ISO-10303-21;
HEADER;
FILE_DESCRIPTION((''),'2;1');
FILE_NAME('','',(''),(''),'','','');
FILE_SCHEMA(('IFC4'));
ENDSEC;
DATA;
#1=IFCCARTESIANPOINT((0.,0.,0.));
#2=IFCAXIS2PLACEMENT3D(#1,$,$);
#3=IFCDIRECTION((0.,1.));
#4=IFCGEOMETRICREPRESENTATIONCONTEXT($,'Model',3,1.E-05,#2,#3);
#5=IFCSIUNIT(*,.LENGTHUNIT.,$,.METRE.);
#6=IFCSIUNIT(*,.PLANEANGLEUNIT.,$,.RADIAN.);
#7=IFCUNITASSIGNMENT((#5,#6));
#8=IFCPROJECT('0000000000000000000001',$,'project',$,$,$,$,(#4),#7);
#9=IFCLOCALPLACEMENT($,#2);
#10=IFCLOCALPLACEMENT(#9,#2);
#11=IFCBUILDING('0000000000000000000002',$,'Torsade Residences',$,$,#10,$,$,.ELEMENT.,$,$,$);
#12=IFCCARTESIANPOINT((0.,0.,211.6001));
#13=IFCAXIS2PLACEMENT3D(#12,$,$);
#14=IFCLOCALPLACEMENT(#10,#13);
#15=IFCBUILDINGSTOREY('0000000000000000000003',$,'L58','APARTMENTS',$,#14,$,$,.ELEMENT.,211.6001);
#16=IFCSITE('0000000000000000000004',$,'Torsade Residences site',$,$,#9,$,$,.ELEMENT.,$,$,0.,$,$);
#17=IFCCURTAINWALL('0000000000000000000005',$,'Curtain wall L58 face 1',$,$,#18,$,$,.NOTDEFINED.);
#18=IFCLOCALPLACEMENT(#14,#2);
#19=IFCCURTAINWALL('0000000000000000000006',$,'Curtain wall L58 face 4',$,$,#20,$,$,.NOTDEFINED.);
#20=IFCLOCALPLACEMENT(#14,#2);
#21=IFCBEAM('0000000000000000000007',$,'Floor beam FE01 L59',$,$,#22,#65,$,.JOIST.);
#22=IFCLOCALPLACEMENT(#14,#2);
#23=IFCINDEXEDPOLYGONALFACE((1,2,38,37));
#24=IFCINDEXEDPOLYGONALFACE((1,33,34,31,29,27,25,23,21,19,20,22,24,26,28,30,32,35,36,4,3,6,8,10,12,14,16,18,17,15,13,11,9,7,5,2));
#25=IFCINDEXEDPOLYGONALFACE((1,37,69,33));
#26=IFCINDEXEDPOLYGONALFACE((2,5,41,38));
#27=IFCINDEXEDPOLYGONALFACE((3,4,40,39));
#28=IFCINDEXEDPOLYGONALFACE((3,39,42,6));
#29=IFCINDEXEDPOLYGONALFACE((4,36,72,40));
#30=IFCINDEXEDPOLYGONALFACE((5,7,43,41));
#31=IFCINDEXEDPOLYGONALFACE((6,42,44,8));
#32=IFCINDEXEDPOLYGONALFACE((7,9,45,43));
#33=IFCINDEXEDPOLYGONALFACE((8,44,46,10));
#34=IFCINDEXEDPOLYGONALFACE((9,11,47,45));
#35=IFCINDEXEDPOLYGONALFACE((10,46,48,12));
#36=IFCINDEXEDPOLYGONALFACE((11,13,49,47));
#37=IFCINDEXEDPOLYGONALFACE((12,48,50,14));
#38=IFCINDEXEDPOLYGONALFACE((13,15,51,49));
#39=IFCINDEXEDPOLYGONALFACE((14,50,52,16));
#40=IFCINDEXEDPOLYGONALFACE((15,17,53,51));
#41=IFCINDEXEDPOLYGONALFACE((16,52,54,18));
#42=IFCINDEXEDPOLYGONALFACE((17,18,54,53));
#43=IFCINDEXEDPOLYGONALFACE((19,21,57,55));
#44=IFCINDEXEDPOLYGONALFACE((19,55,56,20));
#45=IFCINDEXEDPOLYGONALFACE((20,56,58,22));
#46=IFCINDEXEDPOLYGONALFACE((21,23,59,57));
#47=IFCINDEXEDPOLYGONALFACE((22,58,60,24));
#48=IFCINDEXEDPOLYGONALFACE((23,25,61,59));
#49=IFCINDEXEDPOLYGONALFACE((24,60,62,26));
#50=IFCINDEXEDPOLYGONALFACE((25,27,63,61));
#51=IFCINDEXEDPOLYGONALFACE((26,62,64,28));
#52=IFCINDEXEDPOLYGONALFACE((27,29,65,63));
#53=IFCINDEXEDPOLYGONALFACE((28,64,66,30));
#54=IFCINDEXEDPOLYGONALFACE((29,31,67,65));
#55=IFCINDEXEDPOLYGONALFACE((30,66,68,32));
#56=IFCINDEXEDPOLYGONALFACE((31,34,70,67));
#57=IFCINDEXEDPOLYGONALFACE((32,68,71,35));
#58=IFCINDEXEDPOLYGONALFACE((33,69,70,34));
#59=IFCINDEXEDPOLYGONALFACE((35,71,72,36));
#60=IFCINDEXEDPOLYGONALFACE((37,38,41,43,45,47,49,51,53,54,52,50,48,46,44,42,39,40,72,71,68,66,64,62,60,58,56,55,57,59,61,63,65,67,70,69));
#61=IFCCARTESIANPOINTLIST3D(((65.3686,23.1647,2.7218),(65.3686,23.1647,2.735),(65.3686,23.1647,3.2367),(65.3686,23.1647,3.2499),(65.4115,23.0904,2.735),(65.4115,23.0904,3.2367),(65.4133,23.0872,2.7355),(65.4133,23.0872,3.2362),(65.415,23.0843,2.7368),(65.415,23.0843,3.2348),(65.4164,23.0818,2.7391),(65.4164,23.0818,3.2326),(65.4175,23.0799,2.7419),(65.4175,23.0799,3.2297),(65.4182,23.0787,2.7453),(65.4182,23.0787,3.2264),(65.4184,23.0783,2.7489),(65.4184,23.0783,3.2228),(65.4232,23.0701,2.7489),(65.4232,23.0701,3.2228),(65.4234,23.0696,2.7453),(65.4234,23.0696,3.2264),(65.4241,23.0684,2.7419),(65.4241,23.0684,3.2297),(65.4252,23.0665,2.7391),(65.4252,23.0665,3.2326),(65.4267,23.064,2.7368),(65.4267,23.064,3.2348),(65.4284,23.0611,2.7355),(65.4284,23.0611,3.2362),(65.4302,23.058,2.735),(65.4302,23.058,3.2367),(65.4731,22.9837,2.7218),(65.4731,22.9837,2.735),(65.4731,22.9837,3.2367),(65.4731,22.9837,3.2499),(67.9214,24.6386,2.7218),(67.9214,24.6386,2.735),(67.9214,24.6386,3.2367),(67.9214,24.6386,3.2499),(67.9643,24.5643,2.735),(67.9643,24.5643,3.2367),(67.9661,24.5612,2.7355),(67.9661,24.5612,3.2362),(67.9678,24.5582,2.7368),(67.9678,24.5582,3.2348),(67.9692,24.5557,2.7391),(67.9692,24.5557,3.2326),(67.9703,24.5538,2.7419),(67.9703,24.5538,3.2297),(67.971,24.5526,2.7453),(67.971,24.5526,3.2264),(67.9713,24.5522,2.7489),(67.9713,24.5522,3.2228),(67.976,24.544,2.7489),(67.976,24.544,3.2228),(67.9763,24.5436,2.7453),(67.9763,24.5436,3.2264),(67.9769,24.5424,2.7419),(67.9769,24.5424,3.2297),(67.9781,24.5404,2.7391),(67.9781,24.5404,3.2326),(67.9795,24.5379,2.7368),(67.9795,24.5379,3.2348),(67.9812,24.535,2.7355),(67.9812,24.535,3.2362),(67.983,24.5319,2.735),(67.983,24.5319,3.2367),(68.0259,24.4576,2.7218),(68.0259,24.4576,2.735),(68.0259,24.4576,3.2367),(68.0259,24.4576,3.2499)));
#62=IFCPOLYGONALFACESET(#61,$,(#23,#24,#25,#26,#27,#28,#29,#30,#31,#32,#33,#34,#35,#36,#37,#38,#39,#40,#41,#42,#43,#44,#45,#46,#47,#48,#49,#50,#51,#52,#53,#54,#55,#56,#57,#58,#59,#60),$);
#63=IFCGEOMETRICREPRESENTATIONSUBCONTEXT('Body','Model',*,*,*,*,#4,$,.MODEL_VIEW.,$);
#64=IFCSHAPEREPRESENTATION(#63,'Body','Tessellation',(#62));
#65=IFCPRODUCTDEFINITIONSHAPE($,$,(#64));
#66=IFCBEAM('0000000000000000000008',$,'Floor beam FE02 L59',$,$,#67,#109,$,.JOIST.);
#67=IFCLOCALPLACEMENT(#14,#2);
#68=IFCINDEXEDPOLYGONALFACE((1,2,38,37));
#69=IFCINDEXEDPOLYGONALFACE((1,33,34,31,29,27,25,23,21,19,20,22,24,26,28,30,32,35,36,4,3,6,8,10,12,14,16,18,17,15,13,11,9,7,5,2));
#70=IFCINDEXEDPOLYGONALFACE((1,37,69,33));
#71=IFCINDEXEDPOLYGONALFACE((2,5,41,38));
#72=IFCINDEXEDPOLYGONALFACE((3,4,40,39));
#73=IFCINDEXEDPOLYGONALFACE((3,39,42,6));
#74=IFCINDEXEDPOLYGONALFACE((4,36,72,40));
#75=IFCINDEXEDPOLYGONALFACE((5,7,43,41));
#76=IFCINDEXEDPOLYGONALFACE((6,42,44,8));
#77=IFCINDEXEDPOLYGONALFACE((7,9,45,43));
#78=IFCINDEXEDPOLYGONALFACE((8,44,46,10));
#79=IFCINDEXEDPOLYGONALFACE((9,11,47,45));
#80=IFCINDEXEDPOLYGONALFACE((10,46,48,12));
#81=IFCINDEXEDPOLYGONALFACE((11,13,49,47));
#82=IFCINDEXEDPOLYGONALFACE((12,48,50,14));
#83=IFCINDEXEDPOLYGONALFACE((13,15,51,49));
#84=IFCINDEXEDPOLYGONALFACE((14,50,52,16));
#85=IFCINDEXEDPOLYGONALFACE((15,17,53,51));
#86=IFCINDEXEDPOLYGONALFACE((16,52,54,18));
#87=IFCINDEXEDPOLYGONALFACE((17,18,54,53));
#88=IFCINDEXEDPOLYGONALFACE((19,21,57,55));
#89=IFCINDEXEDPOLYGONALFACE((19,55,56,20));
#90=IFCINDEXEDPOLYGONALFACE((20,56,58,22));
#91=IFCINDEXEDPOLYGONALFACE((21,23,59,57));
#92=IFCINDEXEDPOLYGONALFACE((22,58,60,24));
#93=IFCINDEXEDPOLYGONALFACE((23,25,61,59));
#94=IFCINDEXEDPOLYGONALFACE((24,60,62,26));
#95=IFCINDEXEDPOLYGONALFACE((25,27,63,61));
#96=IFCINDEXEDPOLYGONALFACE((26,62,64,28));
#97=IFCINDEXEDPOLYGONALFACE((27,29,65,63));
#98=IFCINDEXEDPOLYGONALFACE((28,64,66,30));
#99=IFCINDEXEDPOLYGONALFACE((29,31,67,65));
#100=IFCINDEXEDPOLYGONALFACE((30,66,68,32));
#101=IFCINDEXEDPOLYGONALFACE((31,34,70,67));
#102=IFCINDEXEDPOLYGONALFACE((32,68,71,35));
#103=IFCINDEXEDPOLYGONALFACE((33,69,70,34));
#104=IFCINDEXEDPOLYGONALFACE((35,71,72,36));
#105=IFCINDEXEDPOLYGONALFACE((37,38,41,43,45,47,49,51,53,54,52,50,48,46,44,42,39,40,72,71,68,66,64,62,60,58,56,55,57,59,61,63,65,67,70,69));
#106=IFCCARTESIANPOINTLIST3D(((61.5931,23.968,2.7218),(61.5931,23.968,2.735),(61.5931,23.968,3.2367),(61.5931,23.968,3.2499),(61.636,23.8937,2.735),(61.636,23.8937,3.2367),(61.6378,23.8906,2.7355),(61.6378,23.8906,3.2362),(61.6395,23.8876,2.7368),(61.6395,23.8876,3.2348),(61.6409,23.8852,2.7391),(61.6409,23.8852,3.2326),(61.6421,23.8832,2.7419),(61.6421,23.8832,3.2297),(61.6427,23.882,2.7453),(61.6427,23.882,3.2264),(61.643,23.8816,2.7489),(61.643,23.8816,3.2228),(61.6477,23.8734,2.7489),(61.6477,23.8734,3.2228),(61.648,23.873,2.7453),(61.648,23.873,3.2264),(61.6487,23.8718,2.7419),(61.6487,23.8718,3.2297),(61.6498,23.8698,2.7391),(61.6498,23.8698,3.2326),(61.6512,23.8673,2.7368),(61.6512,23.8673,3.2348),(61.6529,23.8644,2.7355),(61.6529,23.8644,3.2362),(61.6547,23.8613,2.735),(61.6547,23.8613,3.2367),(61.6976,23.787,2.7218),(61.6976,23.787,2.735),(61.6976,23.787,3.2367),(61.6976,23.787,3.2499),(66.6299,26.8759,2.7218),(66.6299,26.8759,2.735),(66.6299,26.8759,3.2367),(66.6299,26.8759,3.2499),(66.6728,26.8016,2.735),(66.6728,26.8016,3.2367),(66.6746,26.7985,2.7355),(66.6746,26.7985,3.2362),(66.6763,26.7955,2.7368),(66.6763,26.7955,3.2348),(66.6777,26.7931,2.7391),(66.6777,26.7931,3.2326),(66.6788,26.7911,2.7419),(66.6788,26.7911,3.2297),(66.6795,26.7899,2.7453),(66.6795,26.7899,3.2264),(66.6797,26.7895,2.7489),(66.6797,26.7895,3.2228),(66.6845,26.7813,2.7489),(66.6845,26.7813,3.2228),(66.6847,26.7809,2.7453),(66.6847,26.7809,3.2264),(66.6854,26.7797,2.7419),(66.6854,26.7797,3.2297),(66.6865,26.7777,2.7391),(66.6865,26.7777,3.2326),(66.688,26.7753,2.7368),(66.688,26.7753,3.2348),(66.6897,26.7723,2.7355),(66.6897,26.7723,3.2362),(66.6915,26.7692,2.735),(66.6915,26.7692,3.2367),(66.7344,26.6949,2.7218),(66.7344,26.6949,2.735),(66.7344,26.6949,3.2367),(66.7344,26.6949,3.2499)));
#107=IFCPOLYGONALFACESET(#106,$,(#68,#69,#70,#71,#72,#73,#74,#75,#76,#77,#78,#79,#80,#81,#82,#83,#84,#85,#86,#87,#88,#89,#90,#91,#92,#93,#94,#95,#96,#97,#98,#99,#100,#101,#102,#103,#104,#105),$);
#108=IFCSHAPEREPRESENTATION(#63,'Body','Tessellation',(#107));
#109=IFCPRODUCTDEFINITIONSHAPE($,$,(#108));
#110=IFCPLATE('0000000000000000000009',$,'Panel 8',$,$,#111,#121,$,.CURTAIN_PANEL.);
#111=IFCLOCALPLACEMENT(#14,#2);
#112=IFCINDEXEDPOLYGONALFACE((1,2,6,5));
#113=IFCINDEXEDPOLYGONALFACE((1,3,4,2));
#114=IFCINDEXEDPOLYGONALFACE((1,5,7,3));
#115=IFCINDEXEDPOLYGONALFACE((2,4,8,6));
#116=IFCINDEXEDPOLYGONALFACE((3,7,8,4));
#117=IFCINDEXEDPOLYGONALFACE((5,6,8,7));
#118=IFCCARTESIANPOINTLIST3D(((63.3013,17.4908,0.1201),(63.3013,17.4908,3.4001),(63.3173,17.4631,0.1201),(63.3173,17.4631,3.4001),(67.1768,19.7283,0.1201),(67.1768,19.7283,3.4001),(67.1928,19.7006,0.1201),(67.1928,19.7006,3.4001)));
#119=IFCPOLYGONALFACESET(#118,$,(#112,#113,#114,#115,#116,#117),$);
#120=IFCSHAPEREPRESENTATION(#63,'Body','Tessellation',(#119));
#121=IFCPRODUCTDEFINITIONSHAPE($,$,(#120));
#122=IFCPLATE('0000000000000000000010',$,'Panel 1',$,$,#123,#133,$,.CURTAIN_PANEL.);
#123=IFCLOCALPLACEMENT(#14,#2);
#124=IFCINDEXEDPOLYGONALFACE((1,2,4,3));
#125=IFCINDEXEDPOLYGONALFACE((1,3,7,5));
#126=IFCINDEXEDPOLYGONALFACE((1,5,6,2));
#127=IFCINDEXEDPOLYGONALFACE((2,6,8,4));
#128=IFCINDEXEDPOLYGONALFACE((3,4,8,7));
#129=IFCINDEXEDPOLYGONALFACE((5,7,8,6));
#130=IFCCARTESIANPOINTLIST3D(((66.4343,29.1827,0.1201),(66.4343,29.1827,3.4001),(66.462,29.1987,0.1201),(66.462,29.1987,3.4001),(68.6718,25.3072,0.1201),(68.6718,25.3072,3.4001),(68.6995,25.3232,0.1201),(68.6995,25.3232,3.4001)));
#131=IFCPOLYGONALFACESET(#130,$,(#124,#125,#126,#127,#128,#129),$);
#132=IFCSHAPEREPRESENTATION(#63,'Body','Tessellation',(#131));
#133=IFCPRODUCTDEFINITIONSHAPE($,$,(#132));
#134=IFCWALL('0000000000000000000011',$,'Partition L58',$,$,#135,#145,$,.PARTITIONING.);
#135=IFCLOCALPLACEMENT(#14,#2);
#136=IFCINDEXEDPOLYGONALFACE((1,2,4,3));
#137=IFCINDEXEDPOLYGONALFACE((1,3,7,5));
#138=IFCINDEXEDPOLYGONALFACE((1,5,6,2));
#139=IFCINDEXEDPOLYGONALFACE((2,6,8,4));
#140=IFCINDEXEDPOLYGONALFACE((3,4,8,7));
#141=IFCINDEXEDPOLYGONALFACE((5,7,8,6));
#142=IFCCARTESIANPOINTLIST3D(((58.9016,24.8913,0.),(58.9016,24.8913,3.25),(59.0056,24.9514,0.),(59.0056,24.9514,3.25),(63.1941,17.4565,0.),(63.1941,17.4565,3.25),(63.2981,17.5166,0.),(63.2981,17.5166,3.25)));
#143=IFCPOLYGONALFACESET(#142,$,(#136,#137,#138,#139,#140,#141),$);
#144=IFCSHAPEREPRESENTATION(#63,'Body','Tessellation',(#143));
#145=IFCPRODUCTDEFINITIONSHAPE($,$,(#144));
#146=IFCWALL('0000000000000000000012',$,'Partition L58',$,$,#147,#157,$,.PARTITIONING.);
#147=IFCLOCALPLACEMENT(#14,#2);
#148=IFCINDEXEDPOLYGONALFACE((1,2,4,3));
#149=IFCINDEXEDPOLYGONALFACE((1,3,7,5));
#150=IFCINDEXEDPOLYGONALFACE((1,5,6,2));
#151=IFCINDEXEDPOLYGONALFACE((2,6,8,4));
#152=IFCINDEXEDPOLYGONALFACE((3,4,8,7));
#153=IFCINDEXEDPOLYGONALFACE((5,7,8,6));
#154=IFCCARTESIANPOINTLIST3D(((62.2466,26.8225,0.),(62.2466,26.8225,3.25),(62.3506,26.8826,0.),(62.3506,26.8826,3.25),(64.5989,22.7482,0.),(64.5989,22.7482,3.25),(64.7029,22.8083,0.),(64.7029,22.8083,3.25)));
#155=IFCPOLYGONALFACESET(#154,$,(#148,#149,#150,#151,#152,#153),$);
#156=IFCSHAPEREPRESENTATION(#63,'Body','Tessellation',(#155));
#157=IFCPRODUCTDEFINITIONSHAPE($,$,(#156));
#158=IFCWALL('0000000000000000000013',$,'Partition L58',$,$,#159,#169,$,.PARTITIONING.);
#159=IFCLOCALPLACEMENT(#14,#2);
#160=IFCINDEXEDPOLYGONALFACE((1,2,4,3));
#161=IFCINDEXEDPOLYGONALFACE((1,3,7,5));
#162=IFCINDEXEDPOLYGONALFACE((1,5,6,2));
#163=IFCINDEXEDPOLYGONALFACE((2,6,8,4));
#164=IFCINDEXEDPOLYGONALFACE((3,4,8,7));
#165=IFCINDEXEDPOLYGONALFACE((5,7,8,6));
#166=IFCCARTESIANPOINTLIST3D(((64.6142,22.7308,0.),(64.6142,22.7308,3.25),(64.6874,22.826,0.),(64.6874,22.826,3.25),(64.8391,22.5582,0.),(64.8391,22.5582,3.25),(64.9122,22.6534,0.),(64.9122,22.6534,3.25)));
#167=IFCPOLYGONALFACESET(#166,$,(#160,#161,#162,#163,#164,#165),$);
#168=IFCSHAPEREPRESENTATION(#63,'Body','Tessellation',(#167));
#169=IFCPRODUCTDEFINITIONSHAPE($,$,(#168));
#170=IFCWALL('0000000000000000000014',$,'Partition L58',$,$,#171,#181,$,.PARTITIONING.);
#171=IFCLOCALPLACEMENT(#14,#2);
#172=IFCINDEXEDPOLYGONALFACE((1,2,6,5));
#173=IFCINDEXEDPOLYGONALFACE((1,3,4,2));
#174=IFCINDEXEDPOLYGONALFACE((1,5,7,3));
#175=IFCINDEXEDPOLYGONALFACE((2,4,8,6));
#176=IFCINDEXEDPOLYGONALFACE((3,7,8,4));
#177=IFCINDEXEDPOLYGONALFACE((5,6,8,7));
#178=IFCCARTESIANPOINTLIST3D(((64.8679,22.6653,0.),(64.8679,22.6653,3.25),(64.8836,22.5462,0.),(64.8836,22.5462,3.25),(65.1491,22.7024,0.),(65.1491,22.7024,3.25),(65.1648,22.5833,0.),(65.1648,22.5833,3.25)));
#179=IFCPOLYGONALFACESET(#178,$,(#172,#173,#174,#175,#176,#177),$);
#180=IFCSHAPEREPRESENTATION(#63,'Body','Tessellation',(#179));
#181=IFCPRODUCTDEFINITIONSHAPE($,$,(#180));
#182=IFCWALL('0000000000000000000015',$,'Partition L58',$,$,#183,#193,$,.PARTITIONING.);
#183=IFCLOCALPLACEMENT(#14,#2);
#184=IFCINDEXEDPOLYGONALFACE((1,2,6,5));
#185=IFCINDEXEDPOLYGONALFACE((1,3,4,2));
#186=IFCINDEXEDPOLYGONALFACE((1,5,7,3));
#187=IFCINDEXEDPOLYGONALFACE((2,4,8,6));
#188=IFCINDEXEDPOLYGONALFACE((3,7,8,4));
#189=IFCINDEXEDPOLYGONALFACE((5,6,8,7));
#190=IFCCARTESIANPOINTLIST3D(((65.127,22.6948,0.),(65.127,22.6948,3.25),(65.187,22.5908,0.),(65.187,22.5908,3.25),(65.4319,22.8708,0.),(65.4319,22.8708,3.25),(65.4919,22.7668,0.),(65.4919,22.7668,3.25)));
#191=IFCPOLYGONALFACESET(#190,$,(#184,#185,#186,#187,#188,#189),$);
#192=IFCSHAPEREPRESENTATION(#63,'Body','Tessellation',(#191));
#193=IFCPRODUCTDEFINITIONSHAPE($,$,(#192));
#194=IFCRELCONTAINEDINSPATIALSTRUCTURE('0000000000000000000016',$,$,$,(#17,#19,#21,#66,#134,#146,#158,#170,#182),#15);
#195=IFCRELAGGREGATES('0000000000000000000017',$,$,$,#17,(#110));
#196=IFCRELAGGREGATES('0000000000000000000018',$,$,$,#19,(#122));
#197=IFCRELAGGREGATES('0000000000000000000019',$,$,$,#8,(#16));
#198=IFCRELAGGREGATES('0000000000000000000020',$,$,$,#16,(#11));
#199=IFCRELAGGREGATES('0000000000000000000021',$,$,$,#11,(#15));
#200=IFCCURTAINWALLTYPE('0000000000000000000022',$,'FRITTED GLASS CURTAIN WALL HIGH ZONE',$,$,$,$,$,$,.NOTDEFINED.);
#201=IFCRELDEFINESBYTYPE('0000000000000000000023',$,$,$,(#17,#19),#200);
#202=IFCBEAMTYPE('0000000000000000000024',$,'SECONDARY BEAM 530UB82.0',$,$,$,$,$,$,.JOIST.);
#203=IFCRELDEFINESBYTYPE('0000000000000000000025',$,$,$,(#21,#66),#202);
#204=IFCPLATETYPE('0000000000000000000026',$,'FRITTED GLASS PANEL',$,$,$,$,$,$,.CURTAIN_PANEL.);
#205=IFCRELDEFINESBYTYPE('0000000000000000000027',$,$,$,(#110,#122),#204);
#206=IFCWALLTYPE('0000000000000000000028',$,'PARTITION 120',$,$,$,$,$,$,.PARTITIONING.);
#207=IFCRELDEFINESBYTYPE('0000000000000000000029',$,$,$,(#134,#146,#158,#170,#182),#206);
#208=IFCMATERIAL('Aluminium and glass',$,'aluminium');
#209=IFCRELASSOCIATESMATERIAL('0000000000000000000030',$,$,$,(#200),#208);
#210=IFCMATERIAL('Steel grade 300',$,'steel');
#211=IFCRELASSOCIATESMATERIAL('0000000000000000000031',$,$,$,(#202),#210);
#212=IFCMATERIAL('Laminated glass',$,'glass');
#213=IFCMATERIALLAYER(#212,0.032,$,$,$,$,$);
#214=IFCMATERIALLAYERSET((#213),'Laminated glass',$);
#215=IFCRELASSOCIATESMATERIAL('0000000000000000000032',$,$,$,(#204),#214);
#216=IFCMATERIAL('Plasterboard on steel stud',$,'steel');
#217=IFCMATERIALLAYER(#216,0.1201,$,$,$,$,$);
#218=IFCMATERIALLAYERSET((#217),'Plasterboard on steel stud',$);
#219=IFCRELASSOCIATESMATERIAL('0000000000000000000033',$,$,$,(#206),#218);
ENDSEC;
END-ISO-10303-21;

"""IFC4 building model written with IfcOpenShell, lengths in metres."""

from ifc_helpers import new_model, si_unit, direction, frame, frame_2d, origin, origin_2d, place, context, subcontext, project, spatial, rectangle, i_section, extrude, material, layer, layer_set, material_profile, profile_set, type_object, element, aggregate, save


model = new_model("IFC4")

# Units and contexts
model_context = context("Model", 3, precision=1e-05, world=origin(), true_north=direction((0.0, 1.0)))
body_context = subcontext(model_context, "Body", "Model", "MODEL_VIEW")
ifc_project = project(units=[si_unit("LENGTHUNIT", "METRE"), si_unit("PLANEANGLEUNIT", "RADIAN")], contexts=[model_context])

# Site, building, storey
site_placement = place(None, origin())
site = spatial("IfcSite", under=ifc_project, at=site_placement, Name="Torsade Residences site", CompositionType="ELEMENT", RefElevation=0.0)
building_placement = place(site_placement, origin())
building = spatial("IfcBuilding", under=site, at=building_placement, Name="Torsade Residences", CompositionType="ELEMENT")
storey_placement = place(building_placement, frame((0.0, 0.0, 211.6001)))
storey = spatial("IfcBuildingStorey", under=building, at=storey_placement, Name="L58", Description="APARTMENTS", CompositionType="ELEMENT", Elevation=211.6001)

# Curtain wall
ifc_material_1 = material(Name="Aluminium and glass", Category="aluminium")
curtain_wall_type = type_object("IfcCurtainWallType", Name="FRITTED GLASS CURTAIN WALL HIGH ZONE", PredefinedType="NOTDEFINED", material=ifc_material_1)
curtain_wall_1_placement = place(storey_placement, origin())
curtain_wall_1 = element("IfcCurtainWall", 1, at=curtain_wall_1_placement, inside=storey, type_object=curtain_wall_type, Name="Curtain wall L58 face 1", PredefinedType="NOTDEFINED")

# Curtain wall
curtain_wall_2_placement = place(storey_placement, origin())
curtain_wall_2 = element("IfcCurtainWall", 2, at=curtain_wall_2_placement, inside=storey, type_object=curtain_wall_type, Name="Curtain wall L58 face 4", PredefinedType="NOTDEFINED")

# Beams
ifc_material_2 = material(Name="Steel grade 300", Category="steel")
ifc_material_profile_1 = material_profile(ifc_material_2, i_section(OverallWidth=0.209, OverallDepth=0.5281, WebThickness=0.0095, FlangeThickness=0.0132, FilletRadius=0.0139, at=origin_2d()), Name="530UB82.0")
ifc_profile_set_1 = profile_set([ifc_material_profile_1], Name="Steel grade 300")
beam_type_1 = type_object("IfcBeamType", Name="SECONDARY BEAM 530UB82.0", PredefinedType="JOIST", material=ifc_profile_set_1)
beam_1_placement = place(storey_placement, frame((67.9736, 24.5481, 2.9858), z_axis=(-0.866017, -0.500014, 0.0), x_axis=(0.500014, -0.866017, 0.0)))
element("IfcBeam", 3, at=beam_1_placement, inside=storey, type_object=beam_type_1, Name="Floor beam FE01 L59", PredefinedType="JOIST", context=body_context, shape_type="SweptSolid", body=[
    extrude(i_section(OverallWidth=0.209, OverallDepth=0.5281, WebThickness=0.0095, FlangeThickness=0.0132, FilletRadius=0.0139, at=origin_2d()), origin(), (0.0, 0.0, 1.0), 2.9478),
])
beam_2_placement = place(storey_placement, frame((66.6821, 26.7854, 2.9858), z_axis=(-0.866031, -0.49999, 0.0), x_axis=(0.49999, -0.866031, 0.0)))
element("IfcBeam", 4, at=beam_2_placement, inside=storey, type_object=beam_type_1, Name="Floor beam FE02 L59", PredefinedType="JOIST", context=body_context, shape_type="SweptSolid", body=[
    extrude(i_section(OverallWidth=0.209, OverallDepth=0.5281, WebThickness=0.0095, FlangeThickness=0.0132, FilletRadius=0.0139, at=origin_2d()), origin(), (0.0, 0.0, 1.0), 5.8159),
])

# Plates
ifc_material_3 = material(Name="Laminated glass", Category="glass")
ifc_layer_1 = layer(ifc_material_3, 0.032)
ifc_layer_set_1 = layer_set([ifc_layer_1], Name="Laminated glass")
plate_type = type_object("IfcPlateType", Name="FRITTED GLASS PANEL", PredefinedType="CURTAIN_PANEL", material=ifc_layer_set_1)
plate_1_placement = place(storey_placement, frame((65.2471, 18.5957, 0.1201), z_axis=(0.0, 0.0, 1.0), x_axis=(0.866025, 0.5, 0.0)))
plate_1 = element("IfcPlate", 5, at=plate_1_placement, type_object=plate_type, Name="Panel 8", PredefinedType="CURTAIN_PANEL", context=body_context, shape_type="SweptSolid", body=[
    extrude(rectangle(XDim=4.4751, YDim=0.032, at=origin_2d()), origin(), (0.0, 0.0, 1.0), 3.28),
])
aggregate(curtain_wall_1, [plate_1])
plate_2_placement = place(storey_placement, frame((67.5669, 27.2529, 0.1201), z_axis=(0.0, 0.0, 1.0), x_axis=(-0.5, 0.866025, 0.0)))
plate_2 = element("IfcPlate", 6, at=plate_2_placement, type_object=plate_type, Name="Panel 1", PredefinedType="CURTAIN_PANEL", context=body_context, shape_type="SweptSolid", body=[
    extrude(rectangle(XDim=4.4751, YDim=0.032, at=origin_2d()), origin(), (0.0, 0.0, 1.0), 3.28),
])
aggregate(curtain_wall_2, [plate_2])

# Walls
ifc_material_4 = material(Name="Plasterboard on steel stud", Category="steel")
ifc_layer_2 = layer(ifc_material_4, 0.1201)
ifc_layer_set_2 = layer_set([ifc_layer_2], Name="Plasterboard on steel stud")
wall_type_1 = type_object("IfcWallType", Name="PARTITION 120", PredefinedType="PARTITIONING", material=ifc_layer_set_2)
wall_1_placement = place(storey_placement, frame((63.2461, 17.4866, 0.0), z_axis=(0.0, 0.0, 1.0), x_axis=(-0.499999, 0.866026, 0.0)))
element("IfcWall", 7, at=wall_1_placement, inside=storey, type_object=wall_type_1, Name="Partition L58", PredefinedType="PARTITIONING", context=body_context, shape_type="SweptSolid", body=[
    extrude(rectangle(XDim=8.585, YDim=0.1201, at=frame_2d((4.2925, 0.0))), origin(), (0.0, 0.0, 1.0), 3.25),
])
wall_2_placement = place(storey_placement, frame((62.2986, 26.8525, 0.0), z_axis=(0.0, 0.0, 1.0), x_axis=(0.500007, -0.866021, 0.0)))
element("IfcWall", 8, at=wall_2_placement, inside=storey, type_object=wall_type_1, Name="Partition L58", PredefinedType="PARTITIONING", context=body_context, shape_type="SweptSolid", body=[
    extrude(rectangle(XDim=4.7046, YDim=0.1201, at=frame_2d((2.3523, 0.0))), origin(), (0.0, 0.0, 1.0), 3.25),
])
wall_3_placement = place(storey_placement, frame((64.6509, 22.7783, 0.0), z_axis=(0.0, 0.0, 1.0), x_axis=(0.793232, -0.60892, 0.0)))
element("IfcWall", 9, at=wall_3_placement, inside=storey, type_object=wall_type_1, Name="Partition L58", PredefinedType="PARTITIONING", context=body_context, shape_type="SweptSolid", body=[
    extrude(rectangle(XDim=0.2834, YDim=0.1201, at=frame_2d((0.1416, 0.0))), origin(), (0.0, 0.0, 1.0), 3.25),
])
wall_4_placement = place(storey_placement, frame((64.8757, 22.6057, 0.0), z_axis=(0.0, 0.0, 1.0), x_axis=(0.991407, 0.130811, 0.0)))
element("IfcWall", 10, at=wall_4_placement, inside=storey, type_object=wall_type_1, Name="Partition L58", PredefinedType="PARTITIONING", context=body_context, shape_type="SweptSolid", body=[
    extrude(rectangle(XDim=0.2837, YDim=0.1201, at=frame_2d((0.1418, 0.0))), origin(), (0.0, 0.0, 1.0), 3.25),
])
wall_5_placement = place(storey_placement, frame((65.157, 22.6428, 0.0), z_axis=(0.0, 0.0, 1.0), x_axis=(0.866059, 0.499943, 0.0)))
element("IfcWall", 11, at=wall_5_placement, inside=storey, type_object=wall_type_1, Name="Partition L58", PredefinedType="PARTITIONING", context=body_context, shape_type="SweptSolid", body=[
    extrude(rectangle(XDim=0.3521, YDim=0.1201, at=frame_2d((0.176, 0.0))), origin(), (0.0, 0.0, 1.0), 3.25),
])

save(model, "model.ifc")
